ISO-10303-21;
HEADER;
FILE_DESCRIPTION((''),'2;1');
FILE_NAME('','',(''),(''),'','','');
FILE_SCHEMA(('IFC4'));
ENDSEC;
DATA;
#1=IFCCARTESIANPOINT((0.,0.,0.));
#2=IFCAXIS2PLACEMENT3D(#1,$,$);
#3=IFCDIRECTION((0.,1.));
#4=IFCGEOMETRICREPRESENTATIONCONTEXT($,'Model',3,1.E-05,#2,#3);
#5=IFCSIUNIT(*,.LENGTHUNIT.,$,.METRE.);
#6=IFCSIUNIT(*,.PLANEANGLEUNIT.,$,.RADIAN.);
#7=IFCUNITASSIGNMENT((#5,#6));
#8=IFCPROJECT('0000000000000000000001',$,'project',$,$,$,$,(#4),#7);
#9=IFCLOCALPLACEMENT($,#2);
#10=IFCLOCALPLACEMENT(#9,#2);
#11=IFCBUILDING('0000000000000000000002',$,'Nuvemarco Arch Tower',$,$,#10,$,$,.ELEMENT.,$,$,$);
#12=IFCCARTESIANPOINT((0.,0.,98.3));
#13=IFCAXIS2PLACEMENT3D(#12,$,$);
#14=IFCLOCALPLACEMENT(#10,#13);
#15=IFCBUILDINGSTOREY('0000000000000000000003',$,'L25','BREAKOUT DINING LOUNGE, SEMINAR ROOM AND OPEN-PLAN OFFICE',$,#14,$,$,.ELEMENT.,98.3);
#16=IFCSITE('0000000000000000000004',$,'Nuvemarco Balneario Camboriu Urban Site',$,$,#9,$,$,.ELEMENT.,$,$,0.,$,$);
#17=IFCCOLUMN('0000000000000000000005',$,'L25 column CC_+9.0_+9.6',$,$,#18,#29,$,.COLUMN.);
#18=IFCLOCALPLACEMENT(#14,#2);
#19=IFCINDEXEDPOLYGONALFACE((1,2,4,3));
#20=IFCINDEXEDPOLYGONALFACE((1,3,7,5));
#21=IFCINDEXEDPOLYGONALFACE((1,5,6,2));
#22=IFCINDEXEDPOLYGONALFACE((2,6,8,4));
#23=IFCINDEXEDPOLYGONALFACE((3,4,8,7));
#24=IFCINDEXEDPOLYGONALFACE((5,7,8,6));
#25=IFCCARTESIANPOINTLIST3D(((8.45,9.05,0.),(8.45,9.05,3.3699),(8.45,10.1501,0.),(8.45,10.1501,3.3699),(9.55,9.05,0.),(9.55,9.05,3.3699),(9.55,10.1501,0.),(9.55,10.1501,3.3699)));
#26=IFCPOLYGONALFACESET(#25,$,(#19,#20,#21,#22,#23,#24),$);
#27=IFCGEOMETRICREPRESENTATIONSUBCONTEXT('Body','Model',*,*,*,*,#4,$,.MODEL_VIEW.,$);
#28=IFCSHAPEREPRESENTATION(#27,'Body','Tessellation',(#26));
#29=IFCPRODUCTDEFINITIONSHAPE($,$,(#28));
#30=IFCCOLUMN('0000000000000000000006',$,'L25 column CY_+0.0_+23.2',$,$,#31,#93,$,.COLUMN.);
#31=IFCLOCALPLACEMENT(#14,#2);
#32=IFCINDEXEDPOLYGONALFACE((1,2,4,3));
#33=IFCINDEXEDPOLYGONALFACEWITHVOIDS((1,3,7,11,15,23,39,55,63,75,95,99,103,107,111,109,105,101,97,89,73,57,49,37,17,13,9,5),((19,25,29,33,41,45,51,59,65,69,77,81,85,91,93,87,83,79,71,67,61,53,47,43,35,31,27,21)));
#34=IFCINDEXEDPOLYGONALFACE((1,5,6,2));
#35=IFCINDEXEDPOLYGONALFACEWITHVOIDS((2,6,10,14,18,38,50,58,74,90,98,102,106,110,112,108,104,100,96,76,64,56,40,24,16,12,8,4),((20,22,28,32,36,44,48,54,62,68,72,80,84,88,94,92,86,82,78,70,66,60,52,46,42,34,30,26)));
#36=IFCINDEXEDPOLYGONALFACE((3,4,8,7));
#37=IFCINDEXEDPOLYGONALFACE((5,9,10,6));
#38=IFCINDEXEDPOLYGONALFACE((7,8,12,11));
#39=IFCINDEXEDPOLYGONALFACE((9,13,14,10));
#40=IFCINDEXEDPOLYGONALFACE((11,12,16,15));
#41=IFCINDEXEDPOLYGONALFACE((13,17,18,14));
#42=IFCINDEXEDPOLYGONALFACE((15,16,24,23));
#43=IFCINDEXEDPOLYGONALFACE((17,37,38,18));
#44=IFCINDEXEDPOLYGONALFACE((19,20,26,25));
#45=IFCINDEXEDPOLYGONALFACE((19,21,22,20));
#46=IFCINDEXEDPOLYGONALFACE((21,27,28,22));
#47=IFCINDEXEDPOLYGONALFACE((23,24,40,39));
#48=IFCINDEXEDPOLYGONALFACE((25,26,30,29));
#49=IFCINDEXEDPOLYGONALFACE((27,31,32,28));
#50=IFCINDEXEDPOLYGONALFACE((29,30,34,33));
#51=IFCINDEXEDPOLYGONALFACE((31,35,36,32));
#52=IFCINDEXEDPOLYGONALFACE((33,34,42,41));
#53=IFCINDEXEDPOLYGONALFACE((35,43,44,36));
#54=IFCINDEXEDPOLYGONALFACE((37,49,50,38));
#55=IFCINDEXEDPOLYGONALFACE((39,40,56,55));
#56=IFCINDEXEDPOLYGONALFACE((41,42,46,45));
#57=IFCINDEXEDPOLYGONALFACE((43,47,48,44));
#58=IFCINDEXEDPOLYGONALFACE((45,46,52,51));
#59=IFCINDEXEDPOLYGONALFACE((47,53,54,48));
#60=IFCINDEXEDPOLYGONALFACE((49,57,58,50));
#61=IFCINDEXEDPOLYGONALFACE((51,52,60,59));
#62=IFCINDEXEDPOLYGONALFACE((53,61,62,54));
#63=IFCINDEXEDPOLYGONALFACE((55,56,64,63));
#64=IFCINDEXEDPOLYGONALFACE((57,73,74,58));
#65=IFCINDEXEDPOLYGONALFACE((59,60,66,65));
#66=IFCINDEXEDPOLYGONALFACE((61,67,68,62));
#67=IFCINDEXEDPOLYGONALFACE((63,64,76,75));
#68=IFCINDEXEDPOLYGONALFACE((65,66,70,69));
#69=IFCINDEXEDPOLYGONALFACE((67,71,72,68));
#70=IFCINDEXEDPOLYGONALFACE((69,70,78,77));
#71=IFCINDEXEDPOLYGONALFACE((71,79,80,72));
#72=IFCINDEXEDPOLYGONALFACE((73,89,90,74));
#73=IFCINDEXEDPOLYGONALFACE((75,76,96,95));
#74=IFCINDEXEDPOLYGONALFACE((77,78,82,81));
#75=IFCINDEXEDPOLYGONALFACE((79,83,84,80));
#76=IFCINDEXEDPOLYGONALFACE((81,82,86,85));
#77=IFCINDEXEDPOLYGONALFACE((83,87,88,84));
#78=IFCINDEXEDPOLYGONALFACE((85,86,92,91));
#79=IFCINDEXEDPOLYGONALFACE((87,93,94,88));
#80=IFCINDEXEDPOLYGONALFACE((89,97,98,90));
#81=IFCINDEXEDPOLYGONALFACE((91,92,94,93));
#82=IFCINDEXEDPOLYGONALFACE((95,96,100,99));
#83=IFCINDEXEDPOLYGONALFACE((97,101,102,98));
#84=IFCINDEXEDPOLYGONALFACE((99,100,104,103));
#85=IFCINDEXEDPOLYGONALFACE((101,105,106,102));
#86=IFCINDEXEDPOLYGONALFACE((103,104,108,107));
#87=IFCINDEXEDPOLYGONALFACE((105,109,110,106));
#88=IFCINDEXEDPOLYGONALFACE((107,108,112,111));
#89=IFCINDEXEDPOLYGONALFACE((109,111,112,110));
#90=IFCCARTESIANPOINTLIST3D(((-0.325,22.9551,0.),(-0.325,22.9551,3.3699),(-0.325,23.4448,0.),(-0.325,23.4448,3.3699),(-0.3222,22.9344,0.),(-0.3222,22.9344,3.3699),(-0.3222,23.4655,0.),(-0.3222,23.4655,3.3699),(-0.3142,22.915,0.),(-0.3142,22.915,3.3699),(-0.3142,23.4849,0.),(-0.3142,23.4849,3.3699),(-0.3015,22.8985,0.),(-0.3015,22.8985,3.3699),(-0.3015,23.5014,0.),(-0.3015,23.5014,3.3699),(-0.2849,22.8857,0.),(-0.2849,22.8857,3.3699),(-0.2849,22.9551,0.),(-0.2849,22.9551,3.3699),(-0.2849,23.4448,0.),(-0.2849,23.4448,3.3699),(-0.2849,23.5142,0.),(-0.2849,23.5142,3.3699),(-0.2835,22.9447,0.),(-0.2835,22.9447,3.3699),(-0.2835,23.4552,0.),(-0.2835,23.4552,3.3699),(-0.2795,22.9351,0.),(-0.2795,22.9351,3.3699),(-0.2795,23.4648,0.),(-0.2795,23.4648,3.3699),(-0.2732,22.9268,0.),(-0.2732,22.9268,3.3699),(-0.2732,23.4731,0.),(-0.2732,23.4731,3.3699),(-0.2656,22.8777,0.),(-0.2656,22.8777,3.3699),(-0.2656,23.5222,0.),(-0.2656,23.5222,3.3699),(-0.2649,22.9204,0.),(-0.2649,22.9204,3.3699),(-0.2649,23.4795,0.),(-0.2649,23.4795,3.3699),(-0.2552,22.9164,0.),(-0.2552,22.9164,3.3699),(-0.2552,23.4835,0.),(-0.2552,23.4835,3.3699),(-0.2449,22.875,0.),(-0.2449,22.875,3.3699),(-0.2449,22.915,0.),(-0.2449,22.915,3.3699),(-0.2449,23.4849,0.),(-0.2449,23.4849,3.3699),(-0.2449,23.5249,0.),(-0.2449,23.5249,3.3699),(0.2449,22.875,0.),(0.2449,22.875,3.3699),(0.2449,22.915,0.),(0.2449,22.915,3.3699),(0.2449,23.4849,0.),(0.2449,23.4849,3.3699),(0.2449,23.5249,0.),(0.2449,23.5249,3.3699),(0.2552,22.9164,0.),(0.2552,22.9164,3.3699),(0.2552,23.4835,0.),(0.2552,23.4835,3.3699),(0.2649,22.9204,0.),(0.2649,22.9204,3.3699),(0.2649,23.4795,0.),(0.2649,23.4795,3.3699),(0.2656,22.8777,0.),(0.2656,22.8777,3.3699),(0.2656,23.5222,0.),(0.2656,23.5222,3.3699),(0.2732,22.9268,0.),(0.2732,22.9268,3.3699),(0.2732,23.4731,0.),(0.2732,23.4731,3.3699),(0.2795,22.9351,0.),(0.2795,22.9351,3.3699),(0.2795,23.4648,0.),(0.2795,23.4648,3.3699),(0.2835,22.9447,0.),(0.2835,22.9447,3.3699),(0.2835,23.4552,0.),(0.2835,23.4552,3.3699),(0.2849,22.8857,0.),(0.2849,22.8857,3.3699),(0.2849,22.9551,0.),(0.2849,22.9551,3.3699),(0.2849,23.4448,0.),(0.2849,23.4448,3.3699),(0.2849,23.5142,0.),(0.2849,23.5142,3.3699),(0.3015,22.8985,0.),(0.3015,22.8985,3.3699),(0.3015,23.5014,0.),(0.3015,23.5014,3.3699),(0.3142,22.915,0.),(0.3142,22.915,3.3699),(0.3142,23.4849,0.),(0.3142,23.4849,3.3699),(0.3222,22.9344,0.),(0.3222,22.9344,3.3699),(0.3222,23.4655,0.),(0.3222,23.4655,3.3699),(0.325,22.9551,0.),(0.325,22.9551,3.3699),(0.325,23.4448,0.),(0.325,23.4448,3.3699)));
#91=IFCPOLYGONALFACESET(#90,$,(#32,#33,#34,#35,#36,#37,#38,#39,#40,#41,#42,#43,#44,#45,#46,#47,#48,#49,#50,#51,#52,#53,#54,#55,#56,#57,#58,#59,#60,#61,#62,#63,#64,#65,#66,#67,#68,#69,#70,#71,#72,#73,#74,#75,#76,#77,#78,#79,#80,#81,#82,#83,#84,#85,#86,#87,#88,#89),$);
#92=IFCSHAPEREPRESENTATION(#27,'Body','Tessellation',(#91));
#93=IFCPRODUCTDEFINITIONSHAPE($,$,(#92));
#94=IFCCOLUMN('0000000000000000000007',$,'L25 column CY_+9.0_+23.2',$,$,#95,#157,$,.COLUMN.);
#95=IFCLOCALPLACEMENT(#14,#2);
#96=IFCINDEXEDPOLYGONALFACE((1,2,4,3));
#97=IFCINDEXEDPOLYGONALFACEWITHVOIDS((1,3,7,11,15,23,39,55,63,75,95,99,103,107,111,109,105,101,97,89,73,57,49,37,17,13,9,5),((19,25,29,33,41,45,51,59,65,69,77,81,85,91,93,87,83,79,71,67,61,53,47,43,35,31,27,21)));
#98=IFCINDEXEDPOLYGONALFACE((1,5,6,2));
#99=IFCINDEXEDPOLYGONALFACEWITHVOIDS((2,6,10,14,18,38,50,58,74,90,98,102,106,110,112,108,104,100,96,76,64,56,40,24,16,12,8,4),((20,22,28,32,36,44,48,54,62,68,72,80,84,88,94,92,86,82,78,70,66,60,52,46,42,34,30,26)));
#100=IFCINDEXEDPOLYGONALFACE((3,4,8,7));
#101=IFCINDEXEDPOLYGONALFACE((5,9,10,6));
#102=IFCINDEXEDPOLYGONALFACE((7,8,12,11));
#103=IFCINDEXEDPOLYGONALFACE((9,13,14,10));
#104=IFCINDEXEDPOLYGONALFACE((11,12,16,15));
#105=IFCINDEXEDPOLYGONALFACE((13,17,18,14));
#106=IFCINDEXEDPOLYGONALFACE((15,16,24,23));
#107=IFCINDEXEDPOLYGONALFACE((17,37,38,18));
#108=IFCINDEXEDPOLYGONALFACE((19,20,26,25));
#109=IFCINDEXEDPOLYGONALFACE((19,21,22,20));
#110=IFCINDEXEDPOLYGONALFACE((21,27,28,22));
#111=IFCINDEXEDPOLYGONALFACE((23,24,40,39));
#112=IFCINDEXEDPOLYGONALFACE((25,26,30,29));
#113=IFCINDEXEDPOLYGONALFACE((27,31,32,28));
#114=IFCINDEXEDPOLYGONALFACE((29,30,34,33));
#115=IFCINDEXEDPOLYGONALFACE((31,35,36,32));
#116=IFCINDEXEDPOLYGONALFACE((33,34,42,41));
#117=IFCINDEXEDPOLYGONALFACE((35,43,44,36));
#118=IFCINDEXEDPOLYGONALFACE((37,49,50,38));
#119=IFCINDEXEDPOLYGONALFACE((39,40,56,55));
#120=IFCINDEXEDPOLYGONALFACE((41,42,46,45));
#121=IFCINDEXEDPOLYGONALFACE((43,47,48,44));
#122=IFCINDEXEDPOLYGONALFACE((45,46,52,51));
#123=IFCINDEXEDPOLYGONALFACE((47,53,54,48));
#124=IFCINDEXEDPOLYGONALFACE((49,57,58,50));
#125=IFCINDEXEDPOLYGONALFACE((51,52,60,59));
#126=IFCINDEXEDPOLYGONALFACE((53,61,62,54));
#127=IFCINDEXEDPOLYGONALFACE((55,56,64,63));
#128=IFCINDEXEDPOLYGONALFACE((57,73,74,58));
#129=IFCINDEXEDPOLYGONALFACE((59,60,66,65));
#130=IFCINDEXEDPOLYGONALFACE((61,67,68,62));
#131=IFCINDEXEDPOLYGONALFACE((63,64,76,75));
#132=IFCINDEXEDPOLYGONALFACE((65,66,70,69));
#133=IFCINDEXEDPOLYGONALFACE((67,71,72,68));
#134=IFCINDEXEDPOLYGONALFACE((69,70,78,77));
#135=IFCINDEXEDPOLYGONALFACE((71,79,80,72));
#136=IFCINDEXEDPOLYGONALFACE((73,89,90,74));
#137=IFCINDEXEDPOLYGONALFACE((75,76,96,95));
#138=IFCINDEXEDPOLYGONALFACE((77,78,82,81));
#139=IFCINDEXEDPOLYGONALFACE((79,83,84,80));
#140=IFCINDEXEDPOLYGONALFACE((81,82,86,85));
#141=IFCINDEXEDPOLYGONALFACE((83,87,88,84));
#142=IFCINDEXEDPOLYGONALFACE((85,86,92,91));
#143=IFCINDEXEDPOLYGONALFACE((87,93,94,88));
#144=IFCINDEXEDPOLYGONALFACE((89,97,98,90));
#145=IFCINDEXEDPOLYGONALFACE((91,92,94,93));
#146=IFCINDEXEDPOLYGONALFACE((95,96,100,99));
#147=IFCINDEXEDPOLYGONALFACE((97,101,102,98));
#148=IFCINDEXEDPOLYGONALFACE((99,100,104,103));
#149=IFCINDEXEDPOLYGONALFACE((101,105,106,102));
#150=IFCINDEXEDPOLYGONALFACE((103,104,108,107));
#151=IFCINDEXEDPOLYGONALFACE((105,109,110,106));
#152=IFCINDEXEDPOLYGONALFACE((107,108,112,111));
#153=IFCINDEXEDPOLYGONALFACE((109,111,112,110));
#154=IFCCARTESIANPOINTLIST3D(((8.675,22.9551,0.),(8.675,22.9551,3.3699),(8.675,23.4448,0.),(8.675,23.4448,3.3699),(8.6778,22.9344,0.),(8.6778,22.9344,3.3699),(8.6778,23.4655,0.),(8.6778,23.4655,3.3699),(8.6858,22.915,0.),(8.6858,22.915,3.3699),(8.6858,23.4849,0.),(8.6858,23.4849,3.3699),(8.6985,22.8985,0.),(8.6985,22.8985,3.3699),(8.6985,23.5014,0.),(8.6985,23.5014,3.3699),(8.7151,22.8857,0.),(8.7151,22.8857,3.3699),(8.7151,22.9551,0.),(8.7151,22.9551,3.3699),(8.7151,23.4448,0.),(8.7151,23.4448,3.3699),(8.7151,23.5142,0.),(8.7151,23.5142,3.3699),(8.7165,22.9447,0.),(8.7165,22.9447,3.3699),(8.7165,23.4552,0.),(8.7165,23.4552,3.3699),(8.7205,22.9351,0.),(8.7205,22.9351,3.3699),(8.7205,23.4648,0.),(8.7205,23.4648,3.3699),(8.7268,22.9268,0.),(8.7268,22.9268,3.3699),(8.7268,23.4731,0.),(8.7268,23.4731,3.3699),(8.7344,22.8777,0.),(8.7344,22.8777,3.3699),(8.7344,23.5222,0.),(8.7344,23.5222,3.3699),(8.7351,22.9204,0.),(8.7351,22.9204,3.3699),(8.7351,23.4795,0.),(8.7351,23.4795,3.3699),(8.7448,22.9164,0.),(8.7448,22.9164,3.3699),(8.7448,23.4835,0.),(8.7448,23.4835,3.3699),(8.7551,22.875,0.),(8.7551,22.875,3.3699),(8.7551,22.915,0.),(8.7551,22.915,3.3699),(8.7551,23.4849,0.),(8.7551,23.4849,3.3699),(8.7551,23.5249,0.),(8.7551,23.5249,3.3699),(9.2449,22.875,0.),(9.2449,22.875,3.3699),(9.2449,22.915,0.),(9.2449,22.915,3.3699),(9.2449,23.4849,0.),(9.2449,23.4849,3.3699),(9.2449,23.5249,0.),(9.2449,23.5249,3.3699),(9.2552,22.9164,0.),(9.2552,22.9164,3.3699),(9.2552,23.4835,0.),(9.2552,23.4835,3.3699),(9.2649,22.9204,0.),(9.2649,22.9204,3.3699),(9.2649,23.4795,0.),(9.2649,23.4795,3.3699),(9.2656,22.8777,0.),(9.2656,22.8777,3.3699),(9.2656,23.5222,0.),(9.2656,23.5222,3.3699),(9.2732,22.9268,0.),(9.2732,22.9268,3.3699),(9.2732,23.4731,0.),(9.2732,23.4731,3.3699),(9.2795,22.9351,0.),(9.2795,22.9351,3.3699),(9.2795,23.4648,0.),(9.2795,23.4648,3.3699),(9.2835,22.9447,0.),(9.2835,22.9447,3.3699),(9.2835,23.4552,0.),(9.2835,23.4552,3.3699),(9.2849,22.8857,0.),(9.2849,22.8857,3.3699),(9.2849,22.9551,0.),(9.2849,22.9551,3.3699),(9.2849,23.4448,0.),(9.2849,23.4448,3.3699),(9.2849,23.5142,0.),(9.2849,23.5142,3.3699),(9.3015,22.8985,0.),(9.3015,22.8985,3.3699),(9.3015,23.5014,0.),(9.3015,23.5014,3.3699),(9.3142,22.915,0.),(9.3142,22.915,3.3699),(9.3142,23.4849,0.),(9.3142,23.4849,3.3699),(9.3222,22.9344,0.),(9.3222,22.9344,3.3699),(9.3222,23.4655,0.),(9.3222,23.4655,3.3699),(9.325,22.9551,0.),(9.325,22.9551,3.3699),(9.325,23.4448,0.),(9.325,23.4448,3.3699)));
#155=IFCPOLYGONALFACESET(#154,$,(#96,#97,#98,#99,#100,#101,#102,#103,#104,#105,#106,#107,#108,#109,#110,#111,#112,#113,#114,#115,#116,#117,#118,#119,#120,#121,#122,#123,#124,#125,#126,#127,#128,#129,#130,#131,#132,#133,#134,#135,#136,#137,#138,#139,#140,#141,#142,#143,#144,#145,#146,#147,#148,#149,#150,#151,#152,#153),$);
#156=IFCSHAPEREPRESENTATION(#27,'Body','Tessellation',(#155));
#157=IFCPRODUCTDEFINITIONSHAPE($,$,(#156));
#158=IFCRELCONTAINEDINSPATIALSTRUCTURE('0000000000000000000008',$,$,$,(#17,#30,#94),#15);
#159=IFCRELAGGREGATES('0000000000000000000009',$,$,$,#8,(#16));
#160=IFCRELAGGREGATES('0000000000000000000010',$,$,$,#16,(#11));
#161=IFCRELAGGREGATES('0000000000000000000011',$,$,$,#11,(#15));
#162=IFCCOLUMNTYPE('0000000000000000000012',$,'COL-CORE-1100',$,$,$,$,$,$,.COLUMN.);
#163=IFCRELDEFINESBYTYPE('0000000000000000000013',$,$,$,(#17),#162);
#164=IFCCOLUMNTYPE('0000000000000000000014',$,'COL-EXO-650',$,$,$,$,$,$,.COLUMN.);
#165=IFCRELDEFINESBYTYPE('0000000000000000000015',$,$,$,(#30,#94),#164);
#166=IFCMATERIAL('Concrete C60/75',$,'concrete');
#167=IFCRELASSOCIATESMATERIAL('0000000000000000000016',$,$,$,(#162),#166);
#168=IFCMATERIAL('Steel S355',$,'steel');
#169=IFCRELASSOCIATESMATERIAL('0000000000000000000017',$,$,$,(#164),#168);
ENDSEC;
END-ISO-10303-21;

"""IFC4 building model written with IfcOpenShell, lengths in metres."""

from ifc_helpers import new_model, si_unit, direction, frame, origin, origin_2d, place, context, subcontext, project, spatial, rectangle, hollow_rectangle, extrude, material, material_profile, profile_set, type_object, element, save


model = new_model("IFC4")

# Units and contexts
model_context = context("Model", 3, precision=1e-05, world=origin(), true_north=direction((0.0, 1.0)))
body_context = subcontext(model_context, "Body", "Model", "MODEL_VIEW")
ifc_project = project(units=[si_unit("LENGTHUNIT", "METRE"), si_unit("PLANEANGLEUNIT", "RADIAN")], contexts=[model_context])

# Site, building, storey
site_placement = place(None, origin())
site = spatial("IfcSite", under=ifc_project, at=site_placement, Name="Nuvemarco Balneario Camboriu Urban Site", CompositionType="ELEMENT", RefElevation=0.0)
building_placement = place(site_placement, origin())
building = spatial("IfcBuilding", under=site, at=building_placement, Name="Nuvemarco Arch Tower", CompositionType="ELEMENT")
storey_placement = place(building_placement, frame((0.0, 0.0, 98.3)))
storey = spatial("IfcBuildingStorey", under=building, at=storey_placement, Name="L25", Description="BREAKOUT DINING LOUNGE, SEMINAR ROOM AND OPEN-PLAN OFFICE", CompositionType="ELEMENT", Elevation=98.3)

# Columns
ifc_material_1 = material(Name="Concrete C60/75", Category="concrete")
ifc_material_profile_1 = material_profile(ifc_material_1, rectangle(XDim=1.1001, YDim=1.1001, at=origin_2d()), Name="RC-COL-1100x1100")
ifc_profile_set_1 = profile_set([ifc_material_profile_1], Name="Concrete C60/75")
column_type_1 = type_object("IfcColumnType", Name="COL-CORE-1100", PredefinedType="COLUMN", material=ifc_profile_set_1)
column_placement = place(storey_placement, frame((9.0, 9.6001, 0.0), z_axis=(0.0, 0.0, 1.0), x_axis=(1.0, 0.0, 0.0)))
element("IfcColumn", 1, at=column_placement, inside=storey, type_object=column_type_1, Name="L25 column CC_+9.0_+9.6", PredefinedType="COLUMN", context=body_context, shape_type="SweptSolid", body=[
    extrude(rectangle(XDim=1.1001, YDim=1.1001, at=origin_2d()), origin(), (0.0, 0.0, 1.0), 3.3699),
])
ifc_material_2 = material(Name="Steel S355", Category="steel")
ifc_material_profile_2 = material_profile(ifc_material_2, hollow_rectangle(XDim=0.6499, YDim=0.6499, WallThickness=0.04, InnerFilletRadius=0.04, OuterFilletRadius=0.0801, at=origin_2d()), Name="SHS650x650x40")
ifc_profile_set_2 = profile_set([ifc_material_profile_2], Name="Steel S355")
column_type_2 = type_object("IfcColumnType", Name="COL-EXO-650", PredefinedType="COLUMN", material=ifc_profile_set_2)
for number, where, z_axis, x_axis, name in (
    (2, (0.0, 23.2, 0.0), (0.0, 0.0, 1.0), (1.0, 0.0, 0.0), "L25 column CY_+0.0_+23.2"),
    (3, (9.0, 23.2, 0.0), (0.0, 0.0, 1.0), (1.0, 0.0, 0.0), "L25 column CY_+9.0_+23.2"),
):
    element("IfcColumn", number, at=place(storey_placement, frame(where, z_axis=z_axis, x_axis=x_axis)), inside=storey, type_object=column_type_2, Name=name, PredefinedType="COLUMN", context=body_context, shape_type="SweptSolid", body=[
        extrude(hollow_rectangle(XDim=0.6499, YDim=0.6499, WallThickness=0.04, InnerFilletRadius=0.04, OuterFilletRadius=0.0801, at=origin_2d()), origin(), (0.0, 0.0, 1.0), 3.3699),
    ])

save(model, "model.ifc")
